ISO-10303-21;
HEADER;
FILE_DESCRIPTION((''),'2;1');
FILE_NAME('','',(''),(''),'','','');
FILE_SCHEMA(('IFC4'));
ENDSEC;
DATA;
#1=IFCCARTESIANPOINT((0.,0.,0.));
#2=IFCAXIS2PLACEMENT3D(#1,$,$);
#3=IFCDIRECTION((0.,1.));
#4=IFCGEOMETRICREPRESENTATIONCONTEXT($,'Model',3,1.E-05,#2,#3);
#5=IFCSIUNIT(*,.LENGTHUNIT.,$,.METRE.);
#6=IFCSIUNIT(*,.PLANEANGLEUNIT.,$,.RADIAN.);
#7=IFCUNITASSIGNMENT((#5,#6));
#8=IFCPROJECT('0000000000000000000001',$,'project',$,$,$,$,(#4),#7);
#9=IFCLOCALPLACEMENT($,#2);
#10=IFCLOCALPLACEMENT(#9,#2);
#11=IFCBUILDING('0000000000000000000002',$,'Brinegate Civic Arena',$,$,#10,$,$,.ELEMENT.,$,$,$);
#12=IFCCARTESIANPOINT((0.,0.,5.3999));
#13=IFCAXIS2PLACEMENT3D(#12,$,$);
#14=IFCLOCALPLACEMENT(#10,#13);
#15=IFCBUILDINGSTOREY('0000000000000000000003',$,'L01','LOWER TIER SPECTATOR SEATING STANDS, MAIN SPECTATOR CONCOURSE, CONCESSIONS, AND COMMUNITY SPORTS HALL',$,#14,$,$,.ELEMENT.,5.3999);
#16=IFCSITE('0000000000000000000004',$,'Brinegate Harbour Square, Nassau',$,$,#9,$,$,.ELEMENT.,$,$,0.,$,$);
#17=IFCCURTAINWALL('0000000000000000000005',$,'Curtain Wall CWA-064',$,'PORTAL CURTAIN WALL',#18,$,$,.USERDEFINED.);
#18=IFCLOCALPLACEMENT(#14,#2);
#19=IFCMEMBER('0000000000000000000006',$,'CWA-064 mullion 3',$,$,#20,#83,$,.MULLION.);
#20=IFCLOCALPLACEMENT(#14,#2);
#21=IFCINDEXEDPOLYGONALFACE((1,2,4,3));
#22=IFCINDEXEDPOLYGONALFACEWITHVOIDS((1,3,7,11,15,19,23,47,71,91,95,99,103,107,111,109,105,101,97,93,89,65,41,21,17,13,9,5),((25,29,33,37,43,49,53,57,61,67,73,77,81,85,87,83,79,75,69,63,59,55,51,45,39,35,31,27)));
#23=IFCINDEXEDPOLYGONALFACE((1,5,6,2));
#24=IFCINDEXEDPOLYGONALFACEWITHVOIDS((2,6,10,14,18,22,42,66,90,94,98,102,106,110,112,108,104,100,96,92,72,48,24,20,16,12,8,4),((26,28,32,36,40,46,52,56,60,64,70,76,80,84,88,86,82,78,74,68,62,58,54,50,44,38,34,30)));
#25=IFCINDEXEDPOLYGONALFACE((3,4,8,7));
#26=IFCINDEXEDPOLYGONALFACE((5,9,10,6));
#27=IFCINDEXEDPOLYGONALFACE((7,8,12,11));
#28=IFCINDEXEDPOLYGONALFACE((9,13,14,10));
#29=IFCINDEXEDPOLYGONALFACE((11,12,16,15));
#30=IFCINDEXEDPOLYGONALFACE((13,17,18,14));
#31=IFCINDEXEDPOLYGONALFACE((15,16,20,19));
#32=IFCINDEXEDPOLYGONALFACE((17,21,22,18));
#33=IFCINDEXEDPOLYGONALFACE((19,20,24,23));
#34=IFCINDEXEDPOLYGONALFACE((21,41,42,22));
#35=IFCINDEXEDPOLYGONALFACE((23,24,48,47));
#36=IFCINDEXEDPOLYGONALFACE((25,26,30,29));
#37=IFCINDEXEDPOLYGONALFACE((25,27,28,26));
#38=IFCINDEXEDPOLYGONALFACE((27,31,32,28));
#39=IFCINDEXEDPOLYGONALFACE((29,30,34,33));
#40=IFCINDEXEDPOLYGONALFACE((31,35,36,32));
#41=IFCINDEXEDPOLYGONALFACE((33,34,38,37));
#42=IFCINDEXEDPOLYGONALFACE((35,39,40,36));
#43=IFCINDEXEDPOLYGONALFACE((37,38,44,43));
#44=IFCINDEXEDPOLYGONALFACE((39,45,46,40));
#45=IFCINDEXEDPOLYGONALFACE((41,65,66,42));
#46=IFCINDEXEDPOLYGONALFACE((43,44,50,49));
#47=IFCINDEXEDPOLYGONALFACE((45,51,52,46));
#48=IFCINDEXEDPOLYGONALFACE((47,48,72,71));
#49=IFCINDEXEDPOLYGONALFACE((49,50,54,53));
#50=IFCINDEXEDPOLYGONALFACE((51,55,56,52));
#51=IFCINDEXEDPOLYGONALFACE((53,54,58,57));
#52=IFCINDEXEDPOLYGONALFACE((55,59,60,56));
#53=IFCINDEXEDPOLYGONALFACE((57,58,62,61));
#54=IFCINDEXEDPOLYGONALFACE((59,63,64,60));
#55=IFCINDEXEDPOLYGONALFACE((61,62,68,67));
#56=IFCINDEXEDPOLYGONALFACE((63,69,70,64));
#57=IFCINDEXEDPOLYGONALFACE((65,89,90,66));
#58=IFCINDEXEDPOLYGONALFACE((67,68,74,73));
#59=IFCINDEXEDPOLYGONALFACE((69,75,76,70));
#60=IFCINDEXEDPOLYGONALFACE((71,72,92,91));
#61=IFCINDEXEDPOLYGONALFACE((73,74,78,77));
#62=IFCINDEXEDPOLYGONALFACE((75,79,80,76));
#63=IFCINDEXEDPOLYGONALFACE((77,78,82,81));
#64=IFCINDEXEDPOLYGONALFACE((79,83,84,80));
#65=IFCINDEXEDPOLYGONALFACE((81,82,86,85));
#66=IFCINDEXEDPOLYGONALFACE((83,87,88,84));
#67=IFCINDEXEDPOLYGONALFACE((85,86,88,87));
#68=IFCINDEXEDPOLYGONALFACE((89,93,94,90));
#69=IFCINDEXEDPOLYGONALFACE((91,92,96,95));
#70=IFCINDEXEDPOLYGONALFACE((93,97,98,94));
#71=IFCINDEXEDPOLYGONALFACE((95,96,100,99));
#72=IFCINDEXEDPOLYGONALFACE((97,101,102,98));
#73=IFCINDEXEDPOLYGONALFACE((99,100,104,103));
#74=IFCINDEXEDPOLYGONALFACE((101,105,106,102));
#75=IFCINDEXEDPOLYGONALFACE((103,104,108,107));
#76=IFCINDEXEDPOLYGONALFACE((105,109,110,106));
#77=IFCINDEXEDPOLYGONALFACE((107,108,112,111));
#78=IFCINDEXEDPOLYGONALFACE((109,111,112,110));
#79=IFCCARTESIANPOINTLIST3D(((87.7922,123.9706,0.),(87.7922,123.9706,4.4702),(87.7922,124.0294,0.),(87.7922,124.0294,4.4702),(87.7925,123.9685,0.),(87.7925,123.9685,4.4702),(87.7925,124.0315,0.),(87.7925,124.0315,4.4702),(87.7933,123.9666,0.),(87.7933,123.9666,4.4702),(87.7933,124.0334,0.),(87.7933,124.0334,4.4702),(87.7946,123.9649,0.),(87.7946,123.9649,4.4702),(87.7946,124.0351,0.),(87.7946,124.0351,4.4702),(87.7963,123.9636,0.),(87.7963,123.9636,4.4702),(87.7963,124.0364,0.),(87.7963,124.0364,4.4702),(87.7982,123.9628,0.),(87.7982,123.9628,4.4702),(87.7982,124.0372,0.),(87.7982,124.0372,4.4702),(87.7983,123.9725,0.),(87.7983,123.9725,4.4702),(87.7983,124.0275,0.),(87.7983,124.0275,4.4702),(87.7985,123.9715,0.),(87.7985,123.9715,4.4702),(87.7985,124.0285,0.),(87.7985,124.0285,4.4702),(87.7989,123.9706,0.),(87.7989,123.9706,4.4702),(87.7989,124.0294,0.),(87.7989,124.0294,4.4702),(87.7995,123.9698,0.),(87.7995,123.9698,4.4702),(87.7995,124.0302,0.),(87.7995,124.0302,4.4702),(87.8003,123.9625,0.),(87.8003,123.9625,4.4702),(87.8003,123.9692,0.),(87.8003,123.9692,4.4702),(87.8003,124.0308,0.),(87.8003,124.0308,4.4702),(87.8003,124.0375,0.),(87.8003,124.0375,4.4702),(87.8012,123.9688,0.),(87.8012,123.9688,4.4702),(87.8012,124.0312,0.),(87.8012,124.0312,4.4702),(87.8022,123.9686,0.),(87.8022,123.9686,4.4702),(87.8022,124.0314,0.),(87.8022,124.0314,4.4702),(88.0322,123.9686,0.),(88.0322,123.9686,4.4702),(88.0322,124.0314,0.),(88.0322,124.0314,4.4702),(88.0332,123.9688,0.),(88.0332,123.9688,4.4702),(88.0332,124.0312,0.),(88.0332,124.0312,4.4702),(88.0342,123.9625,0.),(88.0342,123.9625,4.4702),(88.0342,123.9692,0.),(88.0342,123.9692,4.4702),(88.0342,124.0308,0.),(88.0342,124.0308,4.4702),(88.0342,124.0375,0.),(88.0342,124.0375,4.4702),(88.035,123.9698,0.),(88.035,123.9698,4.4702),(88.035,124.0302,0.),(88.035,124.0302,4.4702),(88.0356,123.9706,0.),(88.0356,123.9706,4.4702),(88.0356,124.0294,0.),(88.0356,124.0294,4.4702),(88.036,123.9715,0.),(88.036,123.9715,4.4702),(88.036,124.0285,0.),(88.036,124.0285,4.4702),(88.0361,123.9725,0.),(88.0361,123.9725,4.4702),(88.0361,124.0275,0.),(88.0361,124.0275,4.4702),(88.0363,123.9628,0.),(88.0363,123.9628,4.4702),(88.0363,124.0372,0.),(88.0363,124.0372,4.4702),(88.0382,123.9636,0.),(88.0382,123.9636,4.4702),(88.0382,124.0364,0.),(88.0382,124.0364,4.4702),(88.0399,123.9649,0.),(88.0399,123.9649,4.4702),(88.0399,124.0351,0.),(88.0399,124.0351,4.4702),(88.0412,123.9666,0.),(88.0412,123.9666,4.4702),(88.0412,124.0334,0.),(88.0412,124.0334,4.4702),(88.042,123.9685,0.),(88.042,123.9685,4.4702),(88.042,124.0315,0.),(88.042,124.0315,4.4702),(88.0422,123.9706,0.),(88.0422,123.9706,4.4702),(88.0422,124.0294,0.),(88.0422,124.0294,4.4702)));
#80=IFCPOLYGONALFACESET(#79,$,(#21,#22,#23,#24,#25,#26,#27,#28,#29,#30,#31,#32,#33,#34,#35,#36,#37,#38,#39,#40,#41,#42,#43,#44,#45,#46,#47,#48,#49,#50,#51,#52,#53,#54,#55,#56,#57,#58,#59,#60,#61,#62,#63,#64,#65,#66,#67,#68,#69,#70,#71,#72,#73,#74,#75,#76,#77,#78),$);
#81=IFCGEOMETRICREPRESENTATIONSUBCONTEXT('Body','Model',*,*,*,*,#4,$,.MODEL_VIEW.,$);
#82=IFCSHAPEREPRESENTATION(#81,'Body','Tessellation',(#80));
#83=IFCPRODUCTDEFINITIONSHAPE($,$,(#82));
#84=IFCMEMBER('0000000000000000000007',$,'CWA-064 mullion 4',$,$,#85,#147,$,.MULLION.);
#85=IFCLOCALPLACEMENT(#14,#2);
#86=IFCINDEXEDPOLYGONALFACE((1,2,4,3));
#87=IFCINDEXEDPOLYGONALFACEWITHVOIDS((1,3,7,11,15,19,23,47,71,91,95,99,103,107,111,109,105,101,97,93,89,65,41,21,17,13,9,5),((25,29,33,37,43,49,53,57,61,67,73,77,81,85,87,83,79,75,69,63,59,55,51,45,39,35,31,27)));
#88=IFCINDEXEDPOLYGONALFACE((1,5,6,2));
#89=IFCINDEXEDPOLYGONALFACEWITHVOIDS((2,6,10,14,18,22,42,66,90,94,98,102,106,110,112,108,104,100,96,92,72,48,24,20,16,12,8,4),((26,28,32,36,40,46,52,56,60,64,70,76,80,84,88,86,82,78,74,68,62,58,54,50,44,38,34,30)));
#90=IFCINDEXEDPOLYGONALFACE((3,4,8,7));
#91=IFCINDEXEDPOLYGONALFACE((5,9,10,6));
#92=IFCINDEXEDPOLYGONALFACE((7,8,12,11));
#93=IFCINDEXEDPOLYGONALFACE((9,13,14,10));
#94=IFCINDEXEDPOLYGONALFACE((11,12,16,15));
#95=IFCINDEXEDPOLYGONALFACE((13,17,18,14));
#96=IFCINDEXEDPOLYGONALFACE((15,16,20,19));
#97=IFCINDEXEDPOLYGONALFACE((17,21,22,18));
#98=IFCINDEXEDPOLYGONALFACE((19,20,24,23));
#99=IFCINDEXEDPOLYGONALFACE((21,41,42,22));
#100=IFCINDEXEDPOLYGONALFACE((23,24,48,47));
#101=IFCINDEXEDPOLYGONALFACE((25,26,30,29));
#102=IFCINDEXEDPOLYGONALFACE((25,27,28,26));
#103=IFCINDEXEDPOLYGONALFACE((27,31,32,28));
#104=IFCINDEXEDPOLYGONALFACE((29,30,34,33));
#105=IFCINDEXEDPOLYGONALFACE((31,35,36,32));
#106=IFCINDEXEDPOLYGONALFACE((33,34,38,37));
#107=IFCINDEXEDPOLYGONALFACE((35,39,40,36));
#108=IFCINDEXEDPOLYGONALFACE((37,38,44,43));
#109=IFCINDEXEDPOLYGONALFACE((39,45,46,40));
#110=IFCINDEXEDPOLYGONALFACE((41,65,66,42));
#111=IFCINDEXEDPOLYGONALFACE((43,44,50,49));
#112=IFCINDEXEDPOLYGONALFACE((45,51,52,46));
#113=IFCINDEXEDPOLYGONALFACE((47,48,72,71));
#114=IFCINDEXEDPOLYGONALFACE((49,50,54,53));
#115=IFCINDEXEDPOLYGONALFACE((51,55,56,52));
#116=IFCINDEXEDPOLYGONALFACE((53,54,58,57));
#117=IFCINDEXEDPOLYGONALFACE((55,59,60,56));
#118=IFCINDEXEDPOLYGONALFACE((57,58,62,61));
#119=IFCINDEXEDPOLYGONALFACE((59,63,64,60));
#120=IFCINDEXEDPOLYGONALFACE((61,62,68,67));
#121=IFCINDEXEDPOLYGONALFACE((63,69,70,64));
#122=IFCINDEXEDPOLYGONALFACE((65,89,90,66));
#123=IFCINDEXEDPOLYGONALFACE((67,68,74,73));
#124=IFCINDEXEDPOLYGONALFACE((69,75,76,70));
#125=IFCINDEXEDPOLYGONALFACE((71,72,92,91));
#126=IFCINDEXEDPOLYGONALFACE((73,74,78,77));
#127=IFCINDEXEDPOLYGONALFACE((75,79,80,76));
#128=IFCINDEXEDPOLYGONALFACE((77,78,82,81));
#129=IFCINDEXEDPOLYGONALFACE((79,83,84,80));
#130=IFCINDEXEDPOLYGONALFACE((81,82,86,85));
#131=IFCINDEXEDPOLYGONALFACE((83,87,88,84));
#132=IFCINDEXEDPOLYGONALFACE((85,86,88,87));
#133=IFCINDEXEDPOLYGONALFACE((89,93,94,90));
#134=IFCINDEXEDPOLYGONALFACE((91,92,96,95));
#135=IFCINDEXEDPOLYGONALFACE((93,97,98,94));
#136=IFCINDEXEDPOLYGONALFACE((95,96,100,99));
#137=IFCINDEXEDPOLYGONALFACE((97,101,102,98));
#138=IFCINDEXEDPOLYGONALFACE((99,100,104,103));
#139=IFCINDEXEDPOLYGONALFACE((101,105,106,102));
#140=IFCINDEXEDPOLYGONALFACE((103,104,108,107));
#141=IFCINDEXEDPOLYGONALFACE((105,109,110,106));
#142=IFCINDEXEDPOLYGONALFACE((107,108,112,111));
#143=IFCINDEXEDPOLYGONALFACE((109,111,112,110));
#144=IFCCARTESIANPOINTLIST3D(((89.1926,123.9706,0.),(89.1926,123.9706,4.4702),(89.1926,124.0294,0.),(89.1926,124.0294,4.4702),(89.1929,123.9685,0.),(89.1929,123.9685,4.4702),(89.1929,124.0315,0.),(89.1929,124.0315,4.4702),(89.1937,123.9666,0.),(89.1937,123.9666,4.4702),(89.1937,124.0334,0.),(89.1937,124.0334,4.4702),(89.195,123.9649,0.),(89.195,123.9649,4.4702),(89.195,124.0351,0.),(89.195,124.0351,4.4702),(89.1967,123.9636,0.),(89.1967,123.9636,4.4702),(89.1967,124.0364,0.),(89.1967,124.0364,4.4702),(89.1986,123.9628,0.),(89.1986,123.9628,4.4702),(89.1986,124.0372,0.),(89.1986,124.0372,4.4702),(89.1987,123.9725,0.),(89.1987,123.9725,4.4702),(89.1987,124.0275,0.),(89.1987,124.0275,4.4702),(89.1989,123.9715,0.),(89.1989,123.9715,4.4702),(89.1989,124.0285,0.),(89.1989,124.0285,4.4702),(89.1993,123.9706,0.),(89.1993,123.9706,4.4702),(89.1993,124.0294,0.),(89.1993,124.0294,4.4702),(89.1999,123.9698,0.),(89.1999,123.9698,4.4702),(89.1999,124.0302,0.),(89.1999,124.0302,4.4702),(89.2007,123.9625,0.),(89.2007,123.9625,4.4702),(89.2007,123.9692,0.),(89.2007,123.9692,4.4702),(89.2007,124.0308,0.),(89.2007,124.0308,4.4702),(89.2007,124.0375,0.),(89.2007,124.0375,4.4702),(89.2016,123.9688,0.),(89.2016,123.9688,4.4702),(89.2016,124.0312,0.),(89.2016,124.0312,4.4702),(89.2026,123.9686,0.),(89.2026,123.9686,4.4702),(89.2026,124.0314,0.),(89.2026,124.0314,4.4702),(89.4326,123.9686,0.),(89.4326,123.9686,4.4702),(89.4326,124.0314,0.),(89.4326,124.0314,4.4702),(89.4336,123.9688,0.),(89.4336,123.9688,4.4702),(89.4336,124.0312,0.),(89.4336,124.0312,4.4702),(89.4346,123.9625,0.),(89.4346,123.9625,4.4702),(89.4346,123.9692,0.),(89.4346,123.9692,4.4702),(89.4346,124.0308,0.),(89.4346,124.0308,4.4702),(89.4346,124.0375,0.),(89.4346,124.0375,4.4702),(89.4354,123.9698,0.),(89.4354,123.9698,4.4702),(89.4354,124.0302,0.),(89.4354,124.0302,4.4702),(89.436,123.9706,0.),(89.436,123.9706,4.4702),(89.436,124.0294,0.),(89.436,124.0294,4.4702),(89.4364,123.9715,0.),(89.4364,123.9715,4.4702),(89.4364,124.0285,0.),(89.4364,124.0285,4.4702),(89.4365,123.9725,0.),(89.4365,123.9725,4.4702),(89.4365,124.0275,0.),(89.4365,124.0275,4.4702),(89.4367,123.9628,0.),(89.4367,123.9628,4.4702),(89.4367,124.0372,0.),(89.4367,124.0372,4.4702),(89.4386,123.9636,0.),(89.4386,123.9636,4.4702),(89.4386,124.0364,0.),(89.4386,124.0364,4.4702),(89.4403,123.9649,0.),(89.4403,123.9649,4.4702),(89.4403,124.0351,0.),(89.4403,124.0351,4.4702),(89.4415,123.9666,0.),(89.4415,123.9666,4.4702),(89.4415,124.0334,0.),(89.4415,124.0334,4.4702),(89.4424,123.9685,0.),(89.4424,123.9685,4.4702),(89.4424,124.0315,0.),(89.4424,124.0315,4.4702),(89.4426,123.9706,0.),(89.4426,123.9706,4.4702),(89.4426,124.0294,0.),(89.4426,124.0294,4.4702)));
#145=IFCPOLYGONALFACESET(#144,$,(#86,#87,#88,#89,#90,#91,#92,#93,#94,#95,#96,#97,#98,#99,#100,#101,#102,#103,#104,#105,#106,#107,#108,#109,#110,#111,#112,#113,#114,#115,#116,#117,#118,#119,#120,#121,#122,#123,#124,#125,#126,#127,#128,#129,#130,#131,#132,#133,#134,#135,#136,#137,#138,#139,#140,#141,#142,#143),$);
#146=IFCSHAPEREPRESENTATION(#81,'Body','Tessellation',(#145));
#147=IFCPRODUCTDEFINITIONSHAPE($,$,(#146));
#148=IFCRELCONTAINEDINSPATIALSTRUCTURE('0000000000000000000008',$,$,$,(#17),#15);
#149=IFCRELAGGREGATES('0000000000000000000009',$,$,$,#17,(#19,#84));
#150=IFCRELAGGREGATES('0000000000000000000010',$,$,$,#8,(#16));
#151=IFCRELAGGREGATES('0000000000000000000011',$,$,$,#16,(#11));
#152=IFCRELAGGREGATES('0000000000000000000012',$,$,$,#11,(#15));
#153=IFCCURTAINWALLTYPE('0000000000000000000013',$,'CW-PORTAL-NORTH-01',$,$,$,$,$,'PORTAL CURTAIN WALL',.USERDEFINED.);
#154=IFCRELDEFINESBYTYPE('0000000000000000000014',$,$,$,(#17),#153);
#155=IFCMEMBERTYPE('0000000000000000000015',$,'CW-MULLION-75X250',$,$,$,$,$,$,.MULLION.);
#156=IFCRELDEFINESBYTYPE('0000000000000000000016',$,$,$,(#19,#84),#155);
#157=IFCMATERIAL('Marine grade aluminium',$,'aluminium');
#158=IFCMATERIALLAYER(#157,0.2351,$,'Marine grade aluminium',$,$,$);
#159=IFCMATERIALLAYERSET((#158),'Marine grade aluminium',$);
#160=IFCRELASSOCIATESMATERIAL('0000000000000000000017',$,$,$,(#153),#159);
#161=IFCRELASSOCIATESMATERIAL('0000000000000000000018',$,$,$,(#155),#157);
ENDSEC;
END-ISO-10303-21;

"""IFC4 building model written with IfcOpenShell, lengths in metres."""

from ifc_helpers import new_model, si_unit, direction, frame, origin, origin_2d, place, context, subcontext, project, spatial, hollow_rectangle, extrude, material, layer, layer_set, material_profile, profile_set, type_object, element, aggregate, save


model = new_model("IFC4")

# Units and contexts
model_context = context("Model", 3, precision=1e-05, world=origin(), true_north=direction((0.0, 1.0)))
body_context = subcontext(model_context, "Body", "Model", "MODEL_VIEW")
ifc_project = project(units=[si_unit("LENGTHUNIT", "METRE"), si_unit("PLANEANGLEUNIT", "RADIAN")], contexts=[model_context])

# Site, building, storey
site_placement = place(None, origin())
site = spatial("IfcSite", under=ifc_project, at=site_placement, Name="Brinegate Harbour Square, Nassau", CompositionType="ELEMENT", RefElevation=0.0)
building_placement = place(site_placement, origin())
building = spatial("IfcBuilding", under=site, at=building_placement, Name="Brinegate Civic Arena", CompositionType="ELEMENT")
storey_placement = place(building_placement, frame((0.0, 0.0, 5.3999)))
storey = spatial("IfcBuildingStorey", under=building, at=storey_placement, Name="L01", Description="LOWER TIER SPECTATOR SEATING STANDS, MAIN SPECTATOR CONCOURSE, CONCESSIONS, AND COMMUNITY SPORTS HALL", CompositionType="ELEMENT", Elevation=5.3999)

# Curtain wall, members
ifc_material_1 = material(Name="Marine grade aluminium", Category="aluminium")
ifc_layer_1 = layer(ifc_material_1, 0.2351, Name="Marine grade aluminium")
ifc_layer_set_1 = layer_set([ifc_layer_1], Name="Marine grade aluminium")
curtain_wall_type = type_object("IfcCurtainWallType", Name="CW-PORTAL-NORTH-01", ElementType="PORTAL CURTAIN WALL", PredefinedType="USERDEFINED", material=ifc_layer_set_1)
curtain_wall_placement = place(storey_placement, origin())
curtain_wall = element("IfcCurtainWall", 1, at=curtain_wall_placement, inside=storey, type_object=curtain_wall_type, Name="Curtain Wall CWA-064", ObjectType="PORTAL CURTAIN WALL", PredefinedType="USERDEFINED")
ifc_material_profile_1 = material_profile(ifc_material_1, hollow_rectangle(XDim=0.075, YDim=0.25, WallThickness=0.0061, InnerFilletRadius=0.0039, OuterFilletRadius=0.0081, at=origin_2d()), Name="MUL75X250")
ifc_profile_set_1 = profile_set([ifc_material_profile_1], Name="Marine grade aluminium")
member_type_1 = type_object("IfcMemberType", Name="CW-MULLION-75X250", PredefinedType="MULLION", material=ifc_profile_set_1)
member_1_placement = place(storey_placement, frame((87.9172, 124.0, 0.0), z_axis=(0.0, 0.0, 1.0), x_axis=(0.0, 1.0, 0.0)))
member_1 = element("IfcMember", 2, at=member_1_placement, type_object=member_type_1, Name="CWA-064 mullion 3", PredefinedType="MULLION", context=body_context, shape_type="SweptSolid", body=[
    extrude(hollow_rectangle(XDim=0.075, YDim=0.25, WallThickness=0.0061, InnerFilletRadius=0.0039, OuterFilletRadius=0.0081, at=origin_2d()), origin(), (0.0, 0.0, 1.0), 4.4702),
])
member_2_placement = place(storey_placement, frame((89.3176, 124.0, 0.0), z_axis=(0.0, 0.0, 1.0), x_axis=(0.0, 1.0, 0.0)))
member_2 = element("IfcMember", 3, at=member_2_placement, type_object=member_type_1, Name="CWA-064 mullion 4", PredefinedType="MULLION", context=body_context, shape_type="SweptSolid", body=[
    extrude(hollow_rectangle(XDim=0.075, YDim=0.25, WallThickness=0.0061, InnerFilletRadius=0.0039, OuterFilletRadius=0.0081, at=origin_2d()), origin(), (0.0, 0.0, 1.0), 4.4702),
])

aggregate(curtain_wall, [member_1, member_2])

save(model, "model.ifc")
